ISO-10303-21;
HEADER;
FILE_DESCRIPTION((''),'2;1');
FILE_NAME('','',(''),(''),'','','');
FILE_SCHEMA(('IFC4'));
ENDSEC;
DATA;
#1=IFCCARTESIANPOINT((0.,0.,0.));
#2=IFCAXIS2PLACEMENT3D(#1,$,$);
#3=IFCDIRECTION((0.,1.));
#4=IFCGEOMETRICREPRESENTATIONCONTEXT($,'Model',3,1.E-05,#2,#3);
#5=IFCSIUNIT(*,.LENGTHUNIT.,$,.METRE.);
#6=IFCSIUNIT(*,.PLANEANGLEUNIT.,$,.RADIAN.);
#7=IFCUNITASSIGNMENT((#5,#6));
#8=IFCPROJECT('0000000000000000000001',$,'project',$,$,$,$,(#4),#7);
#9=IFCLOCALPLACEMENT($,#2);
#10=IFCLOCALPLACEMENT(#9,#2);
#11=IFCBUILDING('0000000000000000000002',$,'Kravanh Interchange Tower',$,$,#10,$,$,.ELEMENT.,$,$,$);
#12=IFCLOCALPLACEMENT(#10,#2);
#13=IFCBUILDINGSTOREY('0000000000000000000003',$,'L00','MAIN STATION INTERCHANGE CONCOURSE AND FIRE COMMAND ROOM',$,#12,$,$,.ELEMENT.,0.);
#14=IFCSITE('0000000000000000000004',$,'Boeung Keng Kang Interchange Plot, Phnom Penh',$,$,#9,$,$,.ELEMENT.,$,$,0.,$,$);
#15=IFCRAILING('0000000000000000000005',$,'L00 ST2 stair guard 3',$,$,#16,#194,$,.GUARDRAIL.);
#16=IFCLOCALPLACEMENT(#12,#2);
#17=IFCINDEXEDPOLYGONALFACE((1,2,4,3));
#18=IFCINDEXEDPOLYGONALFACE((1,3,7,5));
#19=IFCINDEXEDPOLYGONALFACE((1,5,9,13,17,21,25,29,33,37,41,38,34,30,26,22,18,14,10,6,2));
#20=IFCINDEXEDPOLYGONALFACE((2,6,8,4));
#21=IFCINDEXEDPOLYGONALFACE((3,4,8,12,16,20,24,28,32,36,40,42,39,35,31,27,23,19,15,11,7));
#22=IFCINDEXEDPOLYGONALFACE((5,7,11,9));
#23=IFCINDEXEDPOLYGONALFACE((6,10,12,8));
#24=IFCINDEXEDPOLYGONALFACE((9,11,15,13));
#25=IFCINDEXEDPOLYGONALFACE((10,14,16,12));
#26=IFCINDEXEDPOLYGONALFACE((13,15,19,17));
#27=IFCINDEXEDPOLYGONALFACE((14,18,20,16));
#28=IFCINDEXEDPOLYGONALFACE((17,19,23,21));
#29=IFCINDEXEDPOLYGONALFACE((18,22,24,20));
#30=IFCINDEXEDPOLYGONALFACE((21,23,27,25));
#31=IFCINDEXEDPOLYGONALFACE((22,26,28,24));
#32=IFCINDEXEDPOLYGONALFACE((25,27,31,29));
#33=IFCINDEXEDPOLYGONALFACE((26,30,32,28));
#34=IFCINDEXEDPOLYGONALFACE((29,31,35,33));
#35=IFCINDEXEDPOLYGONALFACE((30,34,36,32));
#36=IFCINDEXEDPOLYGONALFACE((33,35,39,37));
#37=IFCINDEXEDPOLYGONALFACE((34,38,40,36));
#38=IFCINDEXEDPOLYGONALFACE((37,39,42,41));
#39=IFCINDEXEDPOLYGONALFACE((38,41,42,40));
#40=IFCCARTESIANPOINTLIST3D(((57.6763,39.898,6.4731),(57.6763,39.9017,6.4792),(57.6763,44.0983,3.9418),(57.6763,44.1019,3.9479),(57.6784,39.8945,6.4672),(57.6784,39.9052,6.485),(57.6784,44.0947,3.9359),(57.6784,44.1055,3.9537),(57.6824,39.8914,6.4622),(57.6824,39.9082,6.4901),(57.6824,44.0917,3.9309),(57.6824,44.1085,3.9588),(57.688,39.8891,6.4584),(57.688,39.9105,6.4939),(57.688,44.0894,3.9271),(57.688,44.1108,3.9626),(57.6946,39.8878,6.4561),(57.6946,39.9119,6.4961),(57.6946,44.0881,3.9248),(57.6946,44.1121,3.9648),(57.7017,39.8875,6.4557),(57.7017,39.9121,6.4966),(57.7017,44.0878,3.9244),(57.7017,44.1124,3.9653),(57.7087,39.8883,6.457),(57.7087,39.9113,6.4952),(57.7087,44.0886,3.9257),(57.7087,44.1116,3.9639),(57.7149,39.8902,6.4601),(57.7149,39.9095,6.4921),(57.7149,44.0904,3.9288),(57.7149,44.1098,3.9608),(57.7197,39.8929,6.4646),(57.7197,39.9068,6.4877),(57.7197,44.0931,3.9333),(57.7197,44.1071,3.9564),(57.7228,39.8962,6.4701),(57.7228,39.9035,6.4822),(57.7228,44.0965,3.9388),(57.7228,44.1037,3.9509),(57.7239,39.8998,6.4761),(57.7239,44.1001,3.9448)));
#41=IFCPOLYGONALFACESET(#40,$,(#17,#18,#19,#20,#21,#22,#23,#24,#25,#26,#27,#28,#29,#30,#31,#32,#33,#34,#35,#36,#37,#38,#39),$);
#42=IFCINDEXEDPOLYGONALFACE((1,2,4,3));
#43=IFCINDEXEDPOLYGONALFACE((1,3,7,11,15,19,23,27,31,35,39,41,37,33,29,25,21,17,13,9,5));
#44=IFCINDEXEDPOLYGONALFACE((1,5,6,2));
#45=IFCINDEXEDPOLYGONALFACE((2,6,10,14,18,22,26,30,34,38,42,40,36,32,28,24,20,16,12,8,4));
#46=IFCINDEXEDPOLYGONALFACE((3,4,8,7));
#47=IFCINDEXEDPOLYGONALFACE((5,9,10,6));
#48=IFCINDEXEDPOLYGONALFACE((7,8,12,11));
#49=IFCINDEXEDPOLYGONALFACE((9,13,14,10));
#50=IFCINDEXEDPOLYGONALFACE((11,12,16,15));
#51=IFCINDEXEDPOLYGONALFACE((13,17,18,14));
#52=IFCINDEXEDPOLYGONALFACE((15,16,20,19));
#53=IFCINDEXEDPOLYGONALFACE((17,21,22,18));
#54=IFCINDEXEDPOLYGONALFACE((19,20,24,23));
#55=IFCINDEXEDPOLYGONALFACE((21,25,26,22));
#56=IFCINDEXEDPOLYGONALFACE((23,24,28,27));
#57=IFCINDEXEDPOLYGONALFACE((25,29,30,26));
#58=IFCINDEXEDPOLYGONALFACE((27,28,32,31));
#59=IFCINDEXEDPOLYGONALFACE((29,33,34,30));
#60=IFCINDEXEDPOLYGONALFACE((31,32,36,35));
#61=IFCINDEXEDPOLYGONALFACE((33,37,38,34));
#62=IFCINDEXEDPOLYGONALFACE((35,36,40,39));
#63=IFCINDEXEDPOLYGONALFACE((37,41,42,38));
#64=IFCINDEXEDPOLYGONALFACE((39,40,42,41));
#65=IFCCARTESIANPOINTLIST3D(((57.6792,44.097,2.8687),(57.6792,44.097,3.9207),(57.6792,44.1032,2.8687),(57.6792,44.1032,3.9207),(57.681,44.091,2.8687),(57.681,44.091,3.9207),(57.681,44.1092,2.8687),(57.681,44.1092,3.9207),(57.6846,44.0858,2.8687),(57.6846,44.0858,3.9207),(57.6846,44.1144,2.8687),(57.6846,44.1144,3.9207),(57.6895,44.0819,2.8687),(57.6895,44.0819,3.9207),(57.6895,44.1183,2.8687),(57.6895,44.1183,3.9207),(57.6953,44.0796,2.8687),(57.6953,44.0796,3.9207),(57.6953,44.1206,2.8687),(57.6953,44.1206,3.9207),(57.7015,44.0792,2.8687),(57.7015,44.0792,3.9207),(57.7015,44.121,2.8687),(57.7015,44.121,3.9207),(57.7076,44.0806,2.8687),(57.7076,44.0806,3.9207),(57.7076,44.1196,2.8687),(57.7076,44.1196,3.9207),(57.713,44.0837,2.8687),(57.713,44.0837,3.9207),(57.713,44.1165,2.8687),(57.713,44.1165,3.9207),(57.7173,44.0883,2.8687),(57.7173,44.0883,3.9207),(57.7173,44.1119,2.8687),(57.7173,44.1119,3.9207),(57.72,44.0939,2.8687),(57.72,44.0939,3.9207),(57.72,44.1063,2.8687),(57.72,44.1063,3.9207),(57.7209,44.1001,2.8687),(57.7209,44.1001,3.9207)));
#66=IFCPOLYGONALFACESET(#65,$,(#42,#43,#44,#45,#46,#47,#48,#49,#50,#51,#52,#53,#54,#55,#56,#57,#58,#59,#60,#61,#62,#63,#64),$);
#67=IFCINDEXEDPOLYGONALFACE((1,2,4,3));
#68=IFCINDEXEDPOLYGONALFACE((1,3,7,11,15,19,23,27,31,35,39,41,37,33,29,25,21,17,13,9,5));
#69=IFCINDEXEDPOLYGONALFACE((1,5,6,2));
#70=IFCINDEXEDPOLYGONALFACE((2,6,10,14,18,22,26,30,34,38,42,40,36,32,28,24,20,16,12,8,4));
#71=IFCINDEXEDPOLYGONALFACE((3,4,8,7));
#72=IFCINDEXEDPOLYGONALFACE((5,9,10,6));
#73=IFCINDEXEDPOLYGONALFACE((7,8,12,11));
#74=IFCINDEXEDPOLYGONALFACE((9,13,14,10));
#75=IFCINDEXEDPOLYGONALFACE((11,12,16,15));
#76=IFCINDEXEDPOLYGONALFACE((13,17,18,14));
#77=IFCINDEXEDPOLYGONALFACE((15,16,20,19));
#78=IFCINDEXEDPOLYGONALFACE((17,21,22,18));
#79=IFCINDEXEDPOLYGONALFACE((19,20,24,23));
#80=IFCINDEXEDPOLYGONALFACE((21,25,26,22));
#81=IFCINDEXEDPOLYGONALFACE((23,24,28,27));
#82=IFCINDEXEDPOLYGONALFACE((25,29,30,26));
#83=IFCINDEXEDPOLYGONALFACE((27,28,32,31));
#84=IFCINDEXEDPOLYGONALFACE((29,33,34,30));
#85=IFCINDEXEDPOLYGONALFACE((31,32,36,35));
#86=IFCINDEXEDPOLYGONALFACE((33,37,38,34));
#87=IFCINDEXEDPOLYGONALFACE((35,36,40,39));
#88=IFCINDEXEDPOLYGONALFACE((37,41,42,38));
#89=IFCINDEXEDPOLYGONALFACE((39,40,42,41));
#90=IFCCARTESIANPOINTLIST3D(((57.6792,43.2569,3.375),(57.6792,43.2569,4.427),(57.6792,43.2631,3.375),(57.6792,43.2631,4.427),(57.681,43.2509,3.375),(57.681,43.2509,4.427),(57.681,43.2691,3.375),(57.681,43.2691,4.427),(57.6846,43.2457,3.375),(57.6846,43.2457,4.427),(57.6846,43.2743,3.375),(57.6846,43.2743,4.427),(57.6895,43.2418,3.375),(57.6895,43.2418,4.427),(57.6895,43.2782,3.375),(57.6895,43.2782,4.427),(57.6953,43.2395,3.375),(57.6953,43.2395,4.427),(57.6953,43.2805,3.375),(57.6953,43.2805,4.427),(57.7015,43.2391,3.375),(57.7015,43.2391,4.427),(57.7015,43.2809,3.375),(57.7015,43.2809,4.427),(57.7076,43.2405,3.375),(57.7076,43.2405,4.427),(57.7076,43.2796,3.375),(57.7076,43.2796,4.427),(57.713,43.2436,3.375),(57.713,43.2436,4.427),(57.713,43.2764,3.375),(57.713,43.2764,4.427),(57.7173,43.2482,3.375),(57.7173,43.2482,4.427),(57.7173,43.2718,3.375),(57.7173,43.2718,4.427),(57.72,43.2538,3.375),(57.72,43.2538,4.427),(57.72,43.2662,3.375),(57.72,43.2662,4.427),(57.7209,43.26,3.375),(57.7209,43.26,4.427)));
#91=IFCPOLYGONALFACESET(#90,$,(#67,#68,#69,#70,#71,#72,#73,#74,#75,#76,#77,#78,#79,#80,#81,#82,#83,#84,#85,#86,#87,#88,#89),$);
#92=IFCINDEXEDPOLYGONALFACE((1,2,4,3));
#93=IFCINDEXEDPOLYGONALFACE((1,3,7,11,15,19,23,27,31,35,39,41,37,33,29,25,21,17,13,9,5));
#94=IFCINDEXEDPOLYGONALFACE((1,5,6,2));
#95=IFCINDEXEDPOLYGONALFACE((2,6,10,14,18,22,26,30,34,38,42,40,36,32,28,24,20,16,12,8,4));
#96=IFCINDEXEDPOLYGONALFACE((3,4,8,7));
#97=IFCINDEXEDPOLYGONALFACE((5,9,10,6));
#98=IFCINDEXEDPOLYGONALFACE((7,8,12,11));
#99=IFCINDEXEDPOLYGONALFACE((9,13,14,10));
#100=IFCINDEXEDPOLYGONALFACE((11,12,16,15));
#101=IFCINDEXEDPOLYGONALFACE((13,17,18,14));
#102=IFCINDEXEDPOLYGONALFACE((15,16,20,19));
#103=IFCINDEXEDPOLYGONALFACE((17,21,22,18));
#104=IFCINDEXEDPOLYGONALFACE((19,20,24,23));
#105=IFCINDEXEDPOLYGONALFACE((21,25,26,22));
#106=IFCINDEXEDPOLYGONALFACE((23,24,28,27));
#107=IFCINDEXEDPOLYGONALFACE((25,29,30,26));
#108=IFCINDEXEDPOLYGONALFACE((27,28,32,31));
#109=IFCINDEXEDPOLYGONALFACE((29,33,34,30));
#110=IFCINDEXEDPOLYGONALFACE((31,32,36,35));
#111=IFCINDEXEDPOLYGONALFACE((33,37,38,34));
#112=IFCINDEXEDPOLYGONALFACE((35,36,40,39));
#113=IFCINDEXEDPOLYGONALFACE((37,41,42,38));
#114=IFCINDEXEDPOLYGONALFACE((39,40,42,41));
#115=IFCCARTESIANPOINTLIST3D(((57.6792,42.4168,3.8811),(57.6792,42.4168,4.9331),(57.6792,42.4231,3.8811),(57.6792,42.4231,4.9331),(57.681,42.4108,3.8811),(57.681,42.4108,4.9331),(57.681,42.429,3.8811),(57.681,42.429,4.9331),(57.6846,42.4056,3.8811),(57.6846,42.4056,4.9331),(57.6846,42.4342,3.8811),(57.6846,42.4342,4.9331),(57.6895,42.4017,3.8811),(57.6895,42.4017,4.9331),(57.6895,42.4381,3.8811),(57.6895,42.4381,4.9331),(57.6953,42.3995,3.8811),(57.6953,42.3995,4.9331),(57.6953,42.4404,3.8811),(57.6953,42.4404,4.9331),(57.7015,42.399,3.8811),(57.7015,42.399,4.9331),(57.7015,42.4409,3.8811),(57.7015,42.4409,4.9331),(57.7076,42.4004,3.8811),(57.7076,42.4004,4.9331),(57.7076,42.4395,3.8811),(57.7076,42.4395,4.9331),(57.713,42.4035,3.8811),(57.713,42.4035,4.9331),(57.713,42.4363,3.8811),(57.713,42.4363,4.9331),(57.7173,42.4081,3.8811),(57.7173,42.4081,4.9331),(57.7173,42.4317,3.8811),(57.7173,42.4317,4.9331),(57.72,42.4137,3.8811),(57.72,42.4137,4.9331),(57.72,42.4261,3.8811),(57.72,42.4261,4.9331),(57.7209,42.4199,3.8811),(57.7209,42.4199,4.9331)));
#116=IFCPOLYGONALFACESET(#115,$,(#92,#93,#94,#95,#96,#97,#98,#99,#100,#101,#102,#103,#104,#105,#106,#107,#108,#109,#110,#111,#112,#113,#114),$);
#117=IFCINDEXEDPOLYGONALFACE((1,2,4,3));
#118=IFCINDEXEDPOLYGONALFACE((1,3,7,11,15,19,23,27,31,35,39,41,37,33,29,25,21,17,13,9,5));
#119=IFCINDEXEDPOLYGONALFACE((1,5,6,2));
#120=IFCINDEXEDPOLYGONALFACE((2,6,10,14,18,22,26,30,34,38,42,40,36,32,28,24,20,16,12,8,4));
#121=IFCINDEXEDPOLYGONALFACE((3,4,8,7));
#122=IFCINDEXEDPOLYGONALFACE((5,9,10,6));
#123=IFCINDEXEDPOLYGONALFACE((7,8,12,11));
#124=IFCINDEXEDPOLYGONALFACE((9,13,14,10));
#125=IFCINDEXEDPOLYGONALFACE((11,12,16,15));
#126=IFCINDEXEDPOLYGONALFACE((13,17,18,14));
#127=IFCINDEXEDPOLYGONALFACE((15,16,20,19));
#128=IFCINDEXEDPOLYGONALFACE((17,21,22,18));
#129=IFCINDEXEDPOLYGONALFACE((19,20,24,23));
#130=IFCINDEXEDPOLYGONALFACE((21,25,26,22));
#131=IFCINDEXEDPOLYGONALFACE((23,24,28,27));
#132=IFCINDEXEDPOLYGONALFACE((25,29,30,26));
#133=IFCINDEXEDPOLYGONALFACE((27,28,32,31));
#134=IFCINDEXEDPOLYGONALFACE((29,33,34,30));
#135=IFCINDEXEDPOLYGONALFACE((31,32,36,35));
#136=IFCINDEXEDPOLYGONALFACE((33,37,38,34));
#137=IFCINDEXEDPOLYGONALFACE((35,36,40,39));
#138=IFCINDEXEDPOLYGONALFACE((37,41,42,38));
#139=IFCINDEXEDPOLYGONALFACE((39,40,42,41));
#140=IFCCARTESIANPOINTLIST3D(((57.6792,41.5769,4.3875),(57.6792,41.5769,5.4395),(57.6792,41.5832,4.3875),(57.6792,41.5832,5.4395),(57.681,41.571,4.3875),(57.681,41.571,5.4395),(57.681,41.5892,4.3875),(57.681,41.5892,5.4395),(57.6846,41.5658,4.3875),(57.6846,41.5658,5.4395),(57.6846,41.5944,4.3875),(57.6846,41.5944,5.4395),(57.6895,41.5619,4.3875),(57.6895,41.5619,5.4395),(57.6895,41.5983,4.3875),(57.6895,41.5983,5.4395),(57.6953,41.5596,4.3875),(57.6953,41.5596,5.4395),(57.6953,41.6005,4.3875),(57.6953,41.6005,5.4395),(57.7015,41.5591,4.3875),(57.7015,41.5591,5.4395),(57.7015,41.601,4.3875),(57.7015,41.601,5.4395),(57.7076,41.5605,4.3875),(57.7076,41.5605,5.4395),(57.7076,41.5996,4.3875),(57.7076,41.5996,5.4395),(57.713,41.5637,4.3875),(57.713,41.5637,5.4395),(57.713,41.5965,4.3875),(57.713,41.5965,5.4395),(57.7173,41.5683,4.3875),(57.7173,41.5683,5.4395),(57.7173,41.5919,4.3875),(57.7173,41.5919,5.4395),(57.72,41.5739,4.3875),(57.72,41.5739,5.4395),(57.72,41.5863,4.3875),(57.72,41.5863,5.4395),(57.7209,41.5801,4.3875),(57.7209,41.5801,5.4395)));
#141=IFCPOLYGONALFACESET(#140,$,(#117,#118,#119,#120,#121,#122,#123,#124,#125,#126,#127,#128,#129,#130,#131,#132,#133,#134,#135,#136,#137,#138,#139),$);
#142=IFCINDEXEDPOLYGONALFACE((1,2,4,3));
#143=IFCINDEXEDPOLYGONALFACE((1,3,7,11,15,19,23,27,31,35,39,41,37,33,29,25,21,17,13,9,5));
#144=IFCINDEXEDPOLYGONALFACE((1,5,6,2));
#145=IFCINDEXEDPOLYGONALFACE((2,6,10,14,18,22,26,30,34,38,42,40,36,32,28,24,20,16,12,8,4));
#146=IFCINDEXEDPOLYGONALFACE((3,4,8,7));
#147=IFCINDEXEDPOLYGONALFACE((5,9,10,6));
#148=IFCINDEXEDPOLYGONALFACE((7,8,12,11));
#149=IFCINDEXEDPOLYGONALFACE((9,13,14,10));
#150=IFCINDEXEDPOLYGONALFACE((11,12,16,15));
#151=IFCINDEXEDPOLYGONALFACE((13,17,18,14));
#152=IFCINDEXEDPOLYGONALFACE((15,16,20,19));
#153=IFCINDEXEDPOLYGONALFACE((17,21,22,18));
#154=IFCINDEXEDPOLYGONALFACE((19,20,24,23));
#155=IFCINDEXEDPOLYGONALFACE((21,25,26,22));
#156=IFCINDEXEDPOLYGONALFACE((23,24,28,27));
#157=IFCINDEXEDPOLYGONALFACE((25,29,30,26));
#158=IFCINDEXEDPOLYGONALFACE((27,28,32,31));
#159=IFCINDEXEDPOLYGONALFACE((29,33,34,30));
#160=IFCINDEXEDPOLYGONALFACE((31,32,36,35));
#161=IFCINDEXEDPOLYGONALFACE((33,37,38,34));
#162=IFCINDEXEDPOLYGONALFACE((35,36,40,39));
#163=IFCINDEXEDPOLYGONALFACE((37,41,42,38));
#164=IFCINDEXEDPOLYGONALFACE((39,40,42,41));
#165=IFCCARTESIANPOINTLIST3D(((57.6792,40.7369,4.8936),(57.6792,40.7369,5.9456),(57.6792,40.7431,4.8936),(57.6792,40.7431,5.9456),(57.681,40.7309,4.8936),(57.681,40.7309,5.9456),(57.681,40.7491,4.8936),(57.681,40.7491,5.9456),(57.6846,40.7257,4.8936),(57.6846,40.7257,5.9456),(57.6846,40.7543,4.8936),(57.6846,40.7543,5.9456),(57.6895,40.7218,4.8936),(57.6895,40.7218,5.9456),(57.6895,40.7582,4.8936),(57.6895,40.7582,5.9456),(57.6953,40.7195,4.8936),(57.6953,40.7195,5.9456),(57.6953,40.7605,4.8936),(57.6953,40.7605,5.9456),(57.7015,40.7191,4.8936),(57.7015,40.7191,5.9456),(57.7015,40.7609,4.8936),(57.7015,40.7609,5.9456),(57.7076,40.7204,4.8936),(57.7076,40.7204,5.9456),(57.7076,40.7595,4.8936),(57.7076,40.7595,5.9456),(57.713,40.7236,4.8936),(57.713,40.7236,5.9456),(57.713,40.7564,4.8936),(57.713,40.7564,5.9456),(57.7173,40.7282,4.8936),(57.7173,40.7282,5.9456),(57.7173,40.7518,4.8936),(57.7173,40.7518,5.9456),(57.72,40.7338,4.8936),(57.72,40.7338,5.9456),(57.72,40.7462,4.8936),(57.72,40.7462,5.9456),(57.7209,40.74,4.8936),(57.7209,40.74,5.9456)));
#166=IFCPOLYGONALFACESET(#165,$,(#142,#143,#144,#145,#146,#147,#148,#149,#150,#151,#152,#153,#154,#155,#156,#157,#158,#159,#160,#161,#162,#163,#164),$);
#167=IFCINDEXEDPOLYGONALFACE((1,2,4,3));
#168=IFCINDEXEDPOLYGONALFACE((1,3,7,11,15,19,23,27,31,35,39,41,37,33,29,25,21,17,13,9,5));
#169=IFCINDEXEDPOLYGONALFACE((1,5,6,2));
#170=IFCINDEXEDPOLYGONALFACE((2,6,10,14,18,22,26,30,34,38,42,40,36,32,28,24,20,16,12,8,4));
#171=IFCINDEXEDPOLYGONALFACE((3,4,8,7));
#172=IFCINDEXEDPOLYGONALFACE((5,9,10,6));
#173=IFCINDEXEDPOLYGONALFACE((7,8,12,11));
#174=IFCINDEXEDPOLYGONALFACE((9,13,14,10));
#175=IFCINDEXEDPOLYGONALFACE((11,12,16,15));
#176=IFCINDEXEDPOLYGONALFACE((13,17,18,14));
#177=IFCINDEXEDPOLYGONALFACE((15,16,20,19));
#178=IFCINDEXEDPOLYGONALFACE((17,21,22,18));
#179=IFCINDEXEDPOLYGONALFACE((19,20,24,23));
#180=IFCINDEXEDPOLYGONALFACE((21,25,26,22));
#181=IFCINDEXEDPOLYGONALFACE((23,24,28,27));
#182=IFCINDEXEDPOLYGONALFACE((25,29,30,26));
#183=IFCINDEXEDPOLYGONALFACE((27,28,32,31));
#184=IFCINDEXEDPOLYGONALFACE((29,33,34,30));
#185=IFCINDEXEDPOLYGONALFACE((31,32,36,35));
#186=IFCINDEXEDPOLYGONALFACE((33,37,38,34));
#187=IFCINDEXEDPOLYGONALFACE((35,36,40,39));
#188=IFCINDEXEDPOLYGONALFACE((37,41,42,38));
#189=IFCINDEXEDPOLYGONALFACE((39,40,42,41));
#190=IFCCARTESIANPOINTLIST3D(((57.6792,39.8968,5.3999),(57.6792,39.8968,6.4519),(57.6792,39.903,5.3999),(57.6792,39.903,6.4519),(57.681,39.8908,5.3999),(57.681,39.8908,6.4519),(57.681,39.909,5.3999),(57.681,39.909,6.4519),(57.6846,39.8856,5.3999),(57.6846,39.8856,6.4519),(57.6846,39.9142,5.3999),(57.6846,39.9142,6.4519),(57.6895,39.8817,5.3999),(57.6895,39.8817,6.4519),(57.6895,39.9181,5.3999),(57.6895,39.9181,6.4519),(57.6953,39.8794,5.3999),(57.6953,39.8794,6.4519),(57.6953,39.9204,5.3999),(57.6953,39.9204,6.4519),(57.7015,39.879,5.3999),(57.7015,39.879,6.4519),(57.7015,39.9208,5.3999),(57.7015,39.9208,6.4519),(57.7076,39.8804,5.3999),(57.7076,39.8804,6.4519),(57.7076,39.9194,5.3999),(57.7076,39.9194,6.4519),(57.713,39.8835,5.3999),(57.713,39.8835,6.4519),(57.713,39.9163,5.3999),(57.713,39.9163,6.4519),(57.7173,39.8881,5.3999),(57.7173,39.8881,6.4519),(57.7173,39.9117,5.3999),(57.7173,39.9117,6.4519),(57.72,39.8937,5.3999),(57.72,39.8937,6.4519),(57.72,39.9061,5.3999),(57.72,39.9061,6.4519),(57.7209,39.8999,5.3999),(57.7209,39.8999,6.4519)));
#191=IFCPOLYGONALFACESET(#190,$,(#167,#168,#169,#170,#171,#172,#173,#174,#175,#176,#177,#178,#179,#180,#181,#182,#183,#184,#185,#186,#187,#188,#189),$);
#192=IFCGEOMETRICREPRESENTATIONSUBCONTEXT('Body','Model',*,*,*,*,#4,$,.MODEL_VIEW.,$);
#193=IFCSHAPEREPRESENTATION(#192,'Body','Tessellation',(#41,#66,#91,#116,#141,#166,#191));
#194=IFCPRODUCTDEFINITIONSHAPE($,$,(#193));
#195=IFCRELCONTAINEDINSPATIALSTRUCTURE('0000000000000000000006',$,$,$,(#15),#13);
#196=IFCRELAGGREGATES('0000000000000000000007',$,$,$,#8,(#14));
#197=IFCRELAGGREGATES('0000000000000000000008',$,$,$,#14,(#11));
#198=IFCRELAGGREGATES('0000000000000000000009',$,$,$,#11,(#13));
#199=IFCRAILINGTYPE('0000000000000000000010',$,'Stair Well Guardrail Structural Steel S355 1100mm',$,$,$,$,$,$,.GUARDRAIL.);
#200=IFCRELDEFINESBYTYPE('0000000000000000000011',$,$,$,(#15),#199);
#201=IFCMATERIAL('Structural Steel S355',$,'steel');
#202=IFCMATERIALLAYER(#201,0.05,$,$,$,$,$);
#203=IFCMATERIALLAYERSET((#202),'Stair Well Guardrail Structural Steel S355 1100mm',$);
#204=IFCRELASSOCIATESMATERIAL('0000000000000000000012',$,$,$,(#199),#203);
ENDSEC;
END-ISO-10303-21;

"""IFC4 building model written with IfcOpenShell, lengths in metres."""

from ifc_helpers import new_model, si_unit, direction, frame, origin, origin_2d, place, context, subcontext, project, spatial, circle, extrude, material, layer, layer_set, type_object, element, save


model = new_model("IFC4")

# Units and contexts
model_context = context("Model", 3, precision=1e-05, world=origin(), true_north=direction((0.0, 1.0)))
body_context = subcontext(model_context, "Body", "Model", "MODEL_VIEW")
ifc_project = project(units=[si_unit("LENGTHUNIT", "METRE"), si_unit("PLANEANGLEUNIT", "RADIAN")], contexts=[model_context])

# Site, building, storey
site_placement = place(None, origin())
site = spatial("IfcSite", under=ifc_project, at=site_placement, Name="Boeung Keng Kang Interchange Plot, Phnom Penh", CompositionType="ELEMENT", RefElevation=0.0)
building_placement = place(site_placement, origin())
building = spatial("IfcBuilding", under=site, at=building_placement, Name="Kravanh Interchange Tower", CompositionType="ELEMENT")
storey_placement = place(building_placement, origin())
storey = spatial("IfcBuildingStorey", under=building, at=storey_placement, Name="L00", Description="MAIN STATION INTERCHANGE CONCOURSE AND FIRE COMMAND ROOM", CompositionType="ELEMENT", Elevation=0.0)

# Railing
ifc_material_1 = material(Name="Structural Steel S355", Category="steel")
ifc_layer_1 = layer(ifc_material_1, 0.05)
ifc_layer_set_1 = layer_set([ifc_layer_1], Name="Stair Well Guardrail Structural Steel S355 1100mm")
railing_type_1 = type_object("IfcRailingType", Name="Stair Well Guardrail Structural Steel S355 1100mm", PredefinedType="GUARDRAIL", material=ifc_layer_set_1)
railing_1_placement = place(storey_placement, frame((57.7, 44.1001, 2.8687)))
element("IfcRailing", 1, at=railing_1_placement, inside=storey, type_object=railing_type_1, Name="L00 ST2 stair guard 3", PredefinedType="GUARDRAIL", context=body_context, shape_type="SweptSolid", body=[
    extrude(circle(Radius=0.0239, at=origin_2d()), frame((0.0, 0.0, 1.0762), z_axis=(0.0, -0.85649, 0.516164), x_axis=(1.0, 0.0, 0.0)), (0.0, 0.0, 1.0), 4.9041),
    extrude(circle(Radius=0.021, at=origin_2d()), origin(), (0.0, 0.0, 1.0), 1.052),
    extrude(circle(Radius=0.021, at=origin_2d()), frame((0.0, -0.8401, 0.5063)), (0.0, 0.0, 1.0), 1.052),
    extrude(circle(Radius=0.021, at=origin_2d()), frame((0.0, -1.6802, 1.0125)), (0.0, 0.0, 1.0), 1.052),
    extrude(circle(Radius=0.021, at=origin_2d()), frame((0.0, -2.52, 1.5188)), (0.0, 0.0, 1.0), 1.052),
    extrude(circle(Radius=0.021, at=origin_2d()), frame((0.0, -3.3601, 2.0249)), (0.0, 0.0, 1.0), 1.052),
    extrude(circle(Radius=0.021, at=origin_2d()), frame((0.0, -4.2002, 2.5312)), (0.0, 0.0, 1.0), 1.052),
])

save(model, "model.ifc")
